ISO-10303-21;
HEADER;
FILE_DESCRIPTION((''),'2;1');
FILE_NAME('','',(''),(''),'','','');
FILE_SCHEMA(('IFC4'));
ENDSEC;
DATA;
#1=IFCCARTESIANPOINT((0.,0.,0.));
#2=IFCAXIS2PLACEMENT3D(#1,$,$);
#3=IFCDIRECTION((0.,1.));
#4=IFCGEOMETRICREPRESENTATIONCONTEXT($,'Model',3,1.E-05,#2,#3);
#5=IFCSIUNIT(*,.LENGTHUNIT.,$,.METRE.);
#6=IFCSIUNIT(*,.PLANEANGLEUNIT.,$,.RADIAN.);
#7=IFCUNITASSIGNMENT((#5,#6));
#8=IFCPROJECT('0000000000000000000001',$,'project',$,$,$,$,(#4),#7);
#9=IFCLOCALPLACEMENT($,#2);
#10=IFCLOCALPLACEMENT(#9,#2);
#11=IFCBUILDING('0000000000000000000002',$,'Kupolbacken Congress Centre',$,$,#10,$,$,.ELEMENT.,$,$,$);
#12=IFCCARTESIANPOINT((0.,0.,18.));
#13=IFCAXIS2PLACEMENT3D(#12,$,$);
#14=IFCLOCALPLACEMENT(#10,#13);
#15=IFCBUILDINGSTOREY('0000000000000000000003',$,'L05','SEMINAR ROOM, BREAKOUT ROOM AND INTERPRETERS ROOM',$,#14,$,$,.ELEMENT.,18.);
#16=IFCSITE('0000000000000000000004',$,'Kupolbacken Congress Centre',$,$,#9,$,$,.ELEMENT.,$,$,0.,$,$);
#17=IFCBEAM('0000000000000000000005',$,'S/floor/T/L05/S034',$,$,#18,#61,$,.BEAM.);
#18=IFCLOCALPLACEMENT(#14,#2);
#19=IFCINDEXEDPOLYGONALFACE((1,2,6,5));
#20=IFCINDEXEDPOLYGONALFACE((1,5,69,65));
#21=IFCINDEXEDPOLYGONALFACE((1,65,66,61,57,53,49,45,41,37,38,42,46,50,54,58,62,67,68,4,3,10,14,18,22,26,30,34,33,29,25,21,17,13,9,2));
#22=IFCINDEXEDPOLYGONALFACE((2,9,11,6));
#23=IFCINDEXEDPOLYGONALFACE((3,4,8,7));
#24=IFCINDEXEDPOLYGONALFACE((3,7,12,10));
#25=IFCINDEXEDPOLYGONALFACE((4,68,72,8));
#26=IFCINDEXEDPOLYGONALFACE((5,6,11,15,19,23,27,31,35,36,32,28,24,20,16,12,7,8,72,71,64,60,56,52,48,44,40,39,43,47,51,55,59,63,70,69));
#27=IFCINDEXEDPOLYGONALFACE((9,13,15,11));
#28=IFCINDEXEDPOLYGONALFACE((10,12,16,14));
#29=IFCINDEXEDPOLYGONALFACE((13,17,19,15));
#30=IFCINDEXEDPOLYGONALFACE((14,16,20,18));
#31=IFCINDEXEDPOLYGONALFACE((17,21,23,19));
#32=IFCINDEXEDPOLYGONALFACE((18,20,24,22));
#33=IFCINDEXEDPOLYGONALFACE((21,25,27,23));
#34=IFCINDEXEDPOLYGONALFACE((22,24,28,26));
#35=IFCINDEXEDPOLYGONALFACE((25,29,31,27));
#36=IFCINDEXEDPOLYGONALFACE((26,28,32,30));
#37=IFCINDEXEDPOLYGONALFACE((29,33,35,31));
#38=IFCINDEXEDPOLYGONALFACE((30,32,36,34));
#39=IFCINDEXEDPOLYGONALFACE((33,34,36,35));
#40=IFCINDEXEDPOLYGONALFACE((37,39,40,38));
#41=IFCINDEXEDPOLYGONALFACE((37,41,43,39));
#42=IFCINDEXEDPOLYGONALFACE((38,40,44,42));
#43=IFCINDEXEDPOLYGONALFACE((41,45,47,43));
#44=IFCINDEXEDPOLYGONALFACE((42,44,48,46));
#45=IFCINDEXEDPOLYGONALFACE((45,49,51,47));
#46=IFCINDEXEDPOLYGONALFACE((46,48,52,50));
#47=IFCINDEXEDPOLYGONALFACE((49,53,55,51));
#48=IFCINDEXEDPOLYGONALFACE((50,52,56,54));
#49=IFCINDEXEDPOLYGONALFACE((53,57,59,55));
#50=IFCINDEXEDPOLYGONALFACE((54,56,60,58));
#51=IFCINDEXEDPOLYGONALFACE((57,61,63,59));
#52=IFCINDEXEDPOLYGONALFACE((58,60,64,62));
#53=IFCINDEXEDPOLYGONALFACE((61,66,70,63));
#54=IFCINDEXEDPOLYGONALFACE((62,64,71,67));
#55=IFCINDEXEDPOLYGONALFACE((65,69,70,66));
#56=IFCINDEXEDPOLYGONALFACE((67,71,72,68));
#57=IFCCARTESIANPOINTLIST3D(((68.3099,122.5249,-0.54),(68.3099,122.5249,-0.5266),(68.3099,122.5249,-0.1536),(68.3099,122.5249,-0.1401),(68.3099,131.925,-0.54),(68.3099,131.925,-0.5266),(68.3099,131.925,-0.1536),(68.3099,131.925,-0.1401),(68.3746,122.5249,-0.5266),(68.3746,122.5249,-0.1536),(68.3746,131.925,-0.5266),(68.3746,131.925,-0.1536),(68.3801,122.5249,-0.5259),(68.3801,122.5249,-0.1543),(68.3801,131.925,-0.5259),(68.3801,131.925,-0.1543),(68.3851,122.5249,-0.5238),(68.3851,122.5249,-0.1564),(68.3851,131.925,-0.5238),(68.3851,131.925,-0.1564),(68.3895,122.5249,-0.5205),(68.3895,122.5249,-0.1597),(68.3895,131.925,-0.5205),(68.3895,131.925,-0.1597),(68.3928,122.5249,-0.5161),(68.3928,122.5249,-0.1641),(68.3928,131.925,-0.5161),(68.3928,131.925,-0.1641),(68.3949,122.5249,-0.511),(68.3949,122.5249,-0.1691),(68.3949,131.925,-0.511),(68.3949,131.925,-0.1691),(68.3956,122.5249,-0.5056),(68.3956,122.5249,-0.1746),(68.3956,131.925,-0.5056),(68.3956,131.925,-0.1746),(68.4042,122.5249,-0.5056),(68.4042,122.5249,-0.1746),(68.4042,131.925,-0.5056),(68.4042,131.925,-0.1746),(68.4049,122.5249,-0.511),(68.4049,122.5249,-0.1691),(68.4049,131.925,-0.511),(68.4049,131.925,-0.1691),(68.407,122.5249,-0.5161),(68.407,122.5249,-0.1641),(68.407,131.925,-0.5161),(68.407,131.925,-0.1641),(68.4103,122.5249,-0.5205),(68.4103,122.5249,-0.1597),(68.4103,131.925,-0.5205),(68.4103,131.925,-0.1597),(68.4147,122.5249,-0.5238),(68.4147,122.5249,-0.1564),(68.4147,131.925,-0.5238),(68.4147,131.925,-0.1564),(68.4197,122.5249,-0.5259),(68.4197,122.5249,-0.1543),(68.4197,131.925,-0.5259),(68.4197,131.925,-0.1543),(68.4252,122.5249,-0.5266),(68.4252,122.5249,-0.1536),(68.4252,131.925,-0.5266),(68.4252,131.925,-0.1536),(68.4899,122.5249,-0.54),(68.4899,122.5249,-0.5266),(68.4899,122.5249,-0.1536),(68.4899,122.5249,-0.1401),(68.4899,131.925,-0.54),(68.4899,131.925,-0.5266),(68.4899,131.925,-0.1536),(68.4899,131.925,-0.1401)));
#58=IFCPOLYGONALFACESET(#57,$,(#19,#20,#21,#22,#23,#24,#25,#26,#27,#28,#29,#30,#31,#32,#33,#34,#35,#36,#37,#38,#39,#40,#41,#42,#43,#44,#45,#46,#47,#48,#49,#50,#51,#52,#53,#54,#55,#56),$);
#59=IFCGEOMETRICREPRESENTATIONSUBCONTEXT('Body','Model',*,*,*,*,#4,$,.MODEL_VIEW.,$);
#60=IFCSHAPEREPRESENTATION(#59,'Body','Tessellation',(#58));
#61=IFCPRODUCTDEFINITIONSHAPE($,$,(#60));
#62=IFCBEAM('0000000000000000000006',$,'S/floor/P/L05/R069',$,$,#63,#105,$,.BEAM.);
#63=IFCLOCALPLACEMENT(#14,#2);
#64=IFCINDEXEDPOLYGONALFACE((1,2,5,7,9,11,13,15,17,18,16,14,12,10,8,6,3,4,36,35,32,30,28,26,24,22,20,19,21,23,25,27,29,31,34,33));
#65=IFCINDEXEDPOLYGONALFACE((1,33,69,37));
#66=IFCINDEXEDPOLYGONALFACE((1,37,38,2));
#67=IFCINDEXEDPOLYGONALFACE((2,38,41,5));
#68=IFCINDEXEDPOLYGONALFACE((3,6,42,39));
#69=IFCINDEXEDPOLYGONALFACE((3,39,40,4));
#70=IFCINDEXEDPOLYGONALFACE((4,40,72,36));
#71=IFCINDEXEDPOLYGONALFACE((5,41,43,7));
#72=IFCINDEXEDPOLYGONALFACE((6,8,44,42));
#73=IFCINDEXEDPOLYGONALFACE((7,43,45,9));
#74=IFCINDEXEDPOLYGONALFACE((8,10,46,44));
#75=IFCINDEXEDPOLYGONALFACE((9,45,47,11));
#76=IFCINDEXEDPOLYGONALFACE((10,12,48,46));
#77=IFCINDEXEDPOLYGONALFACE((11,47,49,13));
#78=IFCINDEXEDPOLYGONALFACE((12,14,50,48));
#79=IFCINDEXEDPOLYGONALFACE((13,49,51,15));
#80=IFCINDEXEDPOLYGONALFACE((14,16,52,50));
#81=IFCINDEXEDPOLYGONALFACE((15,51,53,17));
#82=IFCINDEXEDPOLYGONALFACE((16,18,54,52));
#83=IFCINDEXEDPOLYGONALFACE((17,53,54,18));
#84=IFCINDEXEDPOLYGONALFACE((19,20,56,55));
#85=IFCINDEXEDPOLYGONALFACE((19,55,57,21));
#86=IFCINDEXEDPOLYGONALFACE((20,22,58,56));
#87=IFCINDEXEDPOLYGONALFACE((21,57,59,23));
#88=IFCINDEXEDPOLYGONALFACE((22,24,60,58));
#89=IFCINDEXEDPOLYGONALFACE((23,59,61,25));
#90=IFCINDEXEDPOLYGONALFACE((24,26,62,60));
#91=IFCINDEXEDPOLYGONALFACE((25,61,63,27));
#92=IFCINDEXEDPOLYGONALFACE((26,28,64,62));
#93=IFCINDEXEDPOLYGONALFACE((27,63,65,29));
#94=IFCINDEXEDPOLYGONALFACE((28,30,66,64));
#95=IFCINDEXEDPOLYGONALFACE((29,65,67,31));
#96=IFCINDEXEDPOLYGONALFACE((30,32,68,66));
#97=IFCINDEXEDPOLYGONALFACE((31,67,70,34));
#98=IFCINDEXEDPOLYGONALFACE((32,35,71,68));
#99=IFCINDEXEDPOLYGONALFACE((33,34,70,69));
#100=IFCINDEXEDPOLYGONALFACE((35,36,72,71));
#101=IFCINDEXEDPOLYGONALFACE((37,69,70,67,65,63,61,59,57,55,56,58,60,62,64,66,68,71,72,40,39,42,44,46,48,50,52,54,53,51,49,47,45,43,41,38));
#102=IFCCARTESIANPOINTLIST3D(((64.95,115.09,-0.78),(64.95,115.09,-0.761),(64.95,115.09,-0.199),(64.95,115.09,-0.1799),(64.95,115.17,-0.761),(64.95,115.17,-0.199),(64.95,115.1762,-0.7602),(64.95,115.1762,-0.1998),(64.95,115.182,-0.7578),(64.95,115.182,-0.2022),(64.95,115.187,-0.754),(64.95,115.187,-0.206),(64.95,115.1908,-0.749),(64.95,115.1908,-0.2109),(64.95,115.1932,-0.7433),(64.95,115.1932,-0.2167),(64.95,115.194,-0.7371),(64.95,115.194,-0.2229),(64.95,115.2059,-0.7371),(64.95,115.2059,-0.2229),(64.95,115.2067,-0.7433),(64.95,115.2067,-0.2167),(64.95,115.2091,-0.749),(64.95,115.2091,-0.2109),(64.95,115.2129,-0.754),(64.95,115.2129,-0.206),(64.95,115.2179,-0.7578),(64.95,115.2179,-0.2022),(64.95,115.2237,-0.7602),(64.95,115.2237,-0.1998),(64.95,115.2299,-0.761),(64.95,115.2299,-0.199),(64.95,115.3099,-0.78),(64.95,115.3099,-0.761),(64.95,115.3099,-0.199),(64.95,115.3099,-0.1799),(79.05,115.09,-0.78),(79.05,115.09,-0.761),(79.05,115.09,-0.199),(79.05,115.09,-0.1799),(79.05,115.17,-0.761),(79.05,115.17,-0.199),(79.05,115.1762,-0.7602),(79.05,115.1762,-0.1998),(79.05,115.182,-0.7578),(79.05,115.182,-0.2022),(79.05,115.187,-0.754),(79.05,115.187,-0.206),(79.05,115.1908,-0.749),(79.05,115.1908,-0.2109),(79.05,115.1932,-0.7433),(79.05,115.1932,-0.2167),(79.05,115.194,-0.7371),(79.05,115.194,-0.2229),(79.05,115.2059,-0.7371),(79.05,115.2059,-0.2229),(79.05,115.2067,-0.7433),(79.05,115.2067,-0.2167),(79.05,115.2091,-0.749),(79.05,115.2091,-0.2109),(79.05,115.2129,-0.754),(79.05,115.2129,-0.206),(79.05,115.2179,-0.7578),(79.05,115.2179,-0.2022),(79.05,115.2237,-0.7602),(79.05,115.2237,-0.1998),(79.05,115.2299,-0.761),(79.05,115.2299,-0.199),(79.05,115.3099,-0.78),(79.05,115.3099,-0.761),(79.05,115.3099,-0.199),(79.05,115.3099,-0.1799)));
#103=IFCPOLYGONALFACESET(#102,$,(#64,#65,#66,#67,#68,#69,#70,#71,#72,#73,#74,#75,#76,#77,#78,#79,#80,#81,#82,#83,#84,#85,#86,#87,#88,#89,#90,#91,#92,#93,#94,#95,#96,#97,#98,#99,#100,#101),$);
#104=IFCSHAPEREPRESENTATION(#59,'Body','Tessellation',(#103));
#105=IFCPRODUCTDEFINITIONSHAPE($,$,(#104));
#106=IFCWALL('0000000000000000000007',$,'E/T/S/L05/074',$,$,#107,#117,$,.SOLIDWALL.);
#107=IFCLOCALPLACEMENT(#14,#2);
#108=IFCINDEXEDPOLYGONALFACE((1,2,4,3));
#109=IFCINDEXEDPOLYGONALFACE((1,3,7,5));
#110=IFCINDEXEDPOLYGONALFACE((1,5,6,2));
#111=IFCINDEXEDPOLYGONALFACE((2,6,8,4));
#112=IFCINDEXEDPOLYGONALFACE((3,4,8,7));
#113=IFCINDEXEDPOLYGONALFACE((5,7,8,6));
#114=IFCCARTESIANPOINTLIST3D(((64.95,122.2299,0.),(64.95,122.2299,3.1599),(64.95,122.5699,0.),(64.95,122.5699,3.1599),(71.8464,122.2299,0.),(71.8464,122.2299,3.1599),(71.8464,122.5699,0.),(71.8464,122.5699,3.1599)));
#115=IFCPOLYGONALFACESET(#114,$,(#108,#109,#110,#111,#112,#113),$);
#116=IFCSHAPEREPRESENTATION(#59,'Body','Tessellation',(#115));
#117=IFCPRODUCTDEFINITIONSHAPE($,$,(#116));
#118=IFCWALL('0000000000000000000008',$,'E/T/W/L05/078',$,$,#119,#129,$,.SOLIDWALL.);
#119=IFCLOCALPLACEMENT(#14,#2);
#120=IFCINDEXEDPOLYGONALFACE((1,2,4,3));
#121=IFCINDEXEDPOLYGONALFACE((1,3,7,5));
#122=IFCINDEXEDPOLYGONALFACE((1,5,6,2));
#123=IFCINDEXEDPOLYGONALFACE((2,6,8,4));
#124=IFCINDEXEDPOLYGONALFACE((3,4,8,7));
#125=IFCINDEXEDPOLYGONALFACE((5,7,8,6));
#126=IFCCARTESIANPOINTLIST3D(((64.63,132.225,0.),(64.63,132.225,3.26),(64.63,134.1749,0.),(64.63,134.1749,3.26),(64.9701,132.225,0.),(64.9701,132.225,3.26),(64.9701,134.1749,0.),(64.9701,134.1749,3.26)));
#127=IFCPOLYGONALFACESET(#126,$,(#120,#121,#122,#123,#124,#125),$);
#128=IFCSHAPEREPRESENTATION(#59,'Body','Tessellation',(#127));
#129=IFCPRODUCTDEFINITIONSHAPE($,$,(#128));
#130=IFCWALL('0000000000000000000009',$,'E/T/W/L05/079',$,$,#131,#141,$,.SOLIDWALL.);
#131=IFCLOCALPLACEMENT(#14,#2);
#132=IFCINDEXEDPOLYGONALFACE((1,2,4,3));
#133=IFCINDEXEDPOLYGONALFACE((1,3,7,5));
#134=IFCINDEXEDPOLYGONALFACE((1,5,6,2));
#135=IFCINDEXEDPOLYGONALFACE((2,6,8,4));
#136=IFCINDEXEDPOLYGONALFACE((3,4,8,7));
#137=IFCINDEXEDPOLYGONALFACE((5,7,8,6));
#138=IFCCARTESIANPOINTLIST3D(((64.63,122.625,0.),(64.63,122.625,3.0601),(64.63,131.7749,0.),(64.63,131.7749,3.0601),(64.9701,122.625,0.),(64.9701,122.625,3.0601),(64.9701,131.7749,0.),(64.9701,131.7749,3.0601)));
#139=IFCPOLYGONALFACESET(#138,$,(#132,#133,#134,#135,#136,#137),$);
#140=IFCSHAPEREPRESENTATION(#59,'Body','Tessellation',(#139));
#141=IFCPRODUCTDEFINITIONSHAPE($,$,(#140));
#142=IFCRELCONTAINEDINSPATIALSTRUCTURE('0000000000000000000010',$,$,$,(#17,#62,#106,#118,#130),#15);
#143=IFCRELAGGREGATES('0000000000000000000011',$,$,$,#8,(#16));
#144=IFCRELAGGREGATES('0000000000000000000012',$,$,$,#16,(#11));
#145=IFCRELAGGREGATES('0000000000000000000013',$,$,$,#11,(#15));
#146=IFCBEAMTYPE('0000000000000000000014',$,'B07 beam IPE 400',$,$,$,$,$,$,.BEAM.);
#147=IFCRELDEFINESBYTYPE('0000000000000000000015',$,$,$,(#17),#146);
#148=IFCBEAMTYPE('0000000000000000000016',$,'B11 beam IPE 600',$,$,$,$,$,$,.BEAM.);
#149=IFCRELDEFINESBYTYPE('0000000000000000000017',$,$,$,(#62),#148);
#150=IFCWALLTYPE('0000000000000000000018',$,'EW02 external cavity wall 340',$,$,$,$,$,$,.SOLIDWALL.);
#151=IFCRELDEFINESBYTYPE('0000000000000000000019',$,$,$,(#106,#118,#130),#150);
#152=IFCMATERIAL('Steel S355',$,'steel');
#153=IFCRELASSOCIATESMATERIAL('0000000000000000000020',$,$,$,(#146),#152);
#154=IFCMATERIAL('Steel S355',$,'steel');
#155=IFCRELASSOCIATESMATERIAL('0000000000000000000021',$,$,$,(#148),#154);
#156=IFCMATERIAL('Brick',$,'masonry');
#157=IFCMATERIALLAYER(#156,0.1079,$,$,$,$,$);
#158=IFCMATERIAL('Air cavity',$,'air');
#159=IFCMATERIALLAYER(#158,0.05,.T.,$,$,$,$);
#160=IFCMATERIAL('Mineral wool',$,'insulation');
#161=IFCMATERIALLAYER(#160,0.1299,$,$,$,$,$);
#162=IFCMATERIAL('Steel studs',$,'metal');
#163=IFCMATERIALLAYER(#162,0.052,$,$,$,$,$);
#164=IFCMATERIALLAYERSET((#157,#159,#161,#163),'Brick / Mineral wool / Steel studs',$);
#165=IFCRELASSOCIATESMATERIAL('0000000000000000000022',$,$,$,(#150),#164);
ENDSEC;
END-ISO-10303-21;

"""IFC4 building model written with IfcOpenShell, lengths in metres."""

from ifc_helpers import new_model, si_unit, direction, frame, frame_2d, origin, origin_2d, place, context, subcontext, project, spatial, rectangle, i_section, extrude, material, layer, layer_set, material_profile, profile_set, type_object, element, save


model = new_model("IFC4")

# Units and contexts
model_context = context("Model", 3, precision=1e-05, world=origin(), true_north=direction((0.0, 1.0)))
body_context = subcontext(model_context, "Body", "Model", "MODEL_VIEW")
ifc_project = project(units=[si_unit("LENGTHUNIT", "METRE"), si_unit("PLANEANGLEUNIT", "RADIAN")], contexts=[model_context])

# Site, building, storey
site_placement = place(None, origin())
site = spatial("IfcSite", under=ifc_project, at=site_placement, Name="Kupolbacken Congress Centre", CompositionType="ELEMENT", RefElevation=0.0)
building_placement = place(site_placement, origin())
building = spatial("IfcBuilding", under=site, at=building_placement, Name="Kupolbacken Congress Centre", CompositionType="ELEMENT")
storey_placement = place(building_placement, frame((0.0, 0.0, 18.0)))
storey = spatial("IfcBuildingStorey", under=building, at=storey_placement, Name="L05", Description="SEMINAR ROOM, BREAKOUT ROOM AND INTERPRETERS ROOM", CompositionType="ELEMENT", Elevation=18.0)

# Beams
ifc_material_1 = material(Name="Steel S355", Category="steel")
ifc_material_profile_1 = material_profile(ifc_material_1, i_section(OverallWidth=0.1799, OverallDepth=0.3999, WebThickness=0.0085, FlangeThickness=0.0134, FilletRadius=0.021, at=origin_2d()), Name="IPE 400")
ifc_profile_set_1 = profile_set([ifc_material_profile_1], Name="Steel S355")
beam_type_1 = type_object("IfcBeamType", Name="B07 beam IPE 400", PredefinedType="BEAM", material=ifc_profile_set_1)
beam_1_placement = place(storey_placement, frame((68.3999, 122.5249, -0.3401), z_axis=(0.0, 1.0, 0.0), x_axis=(-1.0, 0.0, 0.0)))
element("IfcBeam", 1, at=beam_1_placement, inside=storey, type_object=beam_type_1, Name="S/floor/T/L05/S034", PredefinedType="BEAM", context=body_context, shape_type="SweptSolid", body=[
    extrude(i_section(OverallWidth=0.1799, OverallDepth=0.3999, WebThickness=0.0085, FlangeThickness=0.0134, FilletRadius=0.021, at=origin_2d()), origin(), (0.0, 0.0, 1.0), 9.4001),
])
ifc_material_2 = material(Name="Steel S355", Category="steel")
ifc_material_profile_2 = material_profile(ifc_material_2, i_section(OverallWidth=0.22, OverallDepth=0.6001, WebThickness=0.012, FlangeThickness=0.019, FilletRadius=0.0239, at=origin_2d()), Name="IPE 600")
ifc_profile_set_2 = profile_set([ifc_material_profile_2], Name="Steel S355")
beam_type_2 = type_object("IfcBeamType", Name="B11 beam IPE 600", PredefinedType="BEAM", material=ifc_profile_set_2)
beam_2_placement = place(storey_placement, frame((64.95, 115.2, -0.48), z_axis=(1.0, 0.0, 0.0), x_axis=(0.0, 1.0, 0.0)))
element("IfcBeam", 2, at=beam_2_placement, inside=storey, type_object=beam_type_2, Name="S/floor/P/L05/R069", PredefinedType="BEAM", context=body_context, shape_type="SweptSolid", body=[
    extrude(i_section(OverallWidth=0.22, OverallDepth=0.6001, WebThickness=0.012, FlangeThickness=0.019, FilletRadius=0.0239, at=origin_2d()), origin(), (0.0, 0.0, 1.0), 14.1001),
])

# Walls
ifc_material_3 = material(Name="Brick", Category="masonry")
ifc_layer_1 = layer(ifc_material_3, 0.1079)
ifc_material_4 = material(Name="Air cavity", Category="air")
ifc_layer_2 = layer(ifc_material_4, 0.05, ventilated=True)
ifc_material_5 = material(Name="Mineral wool", Category="insulation")
ifc_layer_3 = layer(ifc_material_5, 0.1299)
ifc_material_6 = material(Name="Steel studs", Category="metal")
ifc_layer_4 = layer(ifc_material_6, 0.052)
ifc_layer_set_1 = layer_set([ifc_layer_1, ifc_layer_2, ifc_layer_3, ifc_layer_4], Name="Brick / Mineral wool / Steel studs")
wall_type_1 = type_object("IfcWallType", Name="EW02 external cavity wall 340", PredefinedType="SOLIDWALL", material=ifc_layer_set_1)
wall_1_placement = place(storey_placement, frame((64.95, 122.3999, 0.0), z_axis=(0.0, 0.0, 1.0), x_axis=(1.0, 0.0, 0.0)))
element("IfcWall", 3, at=wall_1_placement, inside=storey, type_object=wall_type_1, Name="E/T/S/L05/074", PredefinedType="SOLIDWALL", context=body_context, shape_type="SweptSolid", body=[
    extrude(rectangle(XDim=6.8965, YDim=0.3401, at=frame_2d((3.4482, 0.0))), origin(), (0.0, 0.0, 1.0), 3.1599),
])
wall_2_placement = place(storey_placement, frame((64.8, 134.175, 0.0), z_axis=(0.0, 0.0, 1.0), x_axis=(0.0, -1.0, 0.0)))
element("IfcWall", 4, at=wall_2_placement, inside=storey, type_object=wall_type_1, Name="E/T/W/L05/078", PredefinedType="SOLIDWALL", context=body_context, shape_type="SweptSolid", body=[
    extrude(rectangle(XDim=1.95, YDim=0.3401, at=frame_2d((0.9751, 0.0))), origin(), (0.0, 0.0, 1.0), 3.26),
])
wall_3_placement = place(storey_placement, frame((64.8, 131.7749, 0.0), z_axis=(0.0, 0.0, 1.0), x_axis=(0.0, -1.0, 0.0)))
element("IfcWall", 5, at=wall_3_placement, inside=storey, type_object=wall_type_1, Name="E/T/W/L05/079", PredefinedType="SOLIDWALL", context=body_context, shape_type="SweptSolid", body=[
    extrude(rectangle(XDim=9.1499, YDim=0.3401, at=frame_2d((4.575, 0.0))), origin(), (0.0, 0.0, 1.0), 3.0601),
])

save(model, "model.ifc")
